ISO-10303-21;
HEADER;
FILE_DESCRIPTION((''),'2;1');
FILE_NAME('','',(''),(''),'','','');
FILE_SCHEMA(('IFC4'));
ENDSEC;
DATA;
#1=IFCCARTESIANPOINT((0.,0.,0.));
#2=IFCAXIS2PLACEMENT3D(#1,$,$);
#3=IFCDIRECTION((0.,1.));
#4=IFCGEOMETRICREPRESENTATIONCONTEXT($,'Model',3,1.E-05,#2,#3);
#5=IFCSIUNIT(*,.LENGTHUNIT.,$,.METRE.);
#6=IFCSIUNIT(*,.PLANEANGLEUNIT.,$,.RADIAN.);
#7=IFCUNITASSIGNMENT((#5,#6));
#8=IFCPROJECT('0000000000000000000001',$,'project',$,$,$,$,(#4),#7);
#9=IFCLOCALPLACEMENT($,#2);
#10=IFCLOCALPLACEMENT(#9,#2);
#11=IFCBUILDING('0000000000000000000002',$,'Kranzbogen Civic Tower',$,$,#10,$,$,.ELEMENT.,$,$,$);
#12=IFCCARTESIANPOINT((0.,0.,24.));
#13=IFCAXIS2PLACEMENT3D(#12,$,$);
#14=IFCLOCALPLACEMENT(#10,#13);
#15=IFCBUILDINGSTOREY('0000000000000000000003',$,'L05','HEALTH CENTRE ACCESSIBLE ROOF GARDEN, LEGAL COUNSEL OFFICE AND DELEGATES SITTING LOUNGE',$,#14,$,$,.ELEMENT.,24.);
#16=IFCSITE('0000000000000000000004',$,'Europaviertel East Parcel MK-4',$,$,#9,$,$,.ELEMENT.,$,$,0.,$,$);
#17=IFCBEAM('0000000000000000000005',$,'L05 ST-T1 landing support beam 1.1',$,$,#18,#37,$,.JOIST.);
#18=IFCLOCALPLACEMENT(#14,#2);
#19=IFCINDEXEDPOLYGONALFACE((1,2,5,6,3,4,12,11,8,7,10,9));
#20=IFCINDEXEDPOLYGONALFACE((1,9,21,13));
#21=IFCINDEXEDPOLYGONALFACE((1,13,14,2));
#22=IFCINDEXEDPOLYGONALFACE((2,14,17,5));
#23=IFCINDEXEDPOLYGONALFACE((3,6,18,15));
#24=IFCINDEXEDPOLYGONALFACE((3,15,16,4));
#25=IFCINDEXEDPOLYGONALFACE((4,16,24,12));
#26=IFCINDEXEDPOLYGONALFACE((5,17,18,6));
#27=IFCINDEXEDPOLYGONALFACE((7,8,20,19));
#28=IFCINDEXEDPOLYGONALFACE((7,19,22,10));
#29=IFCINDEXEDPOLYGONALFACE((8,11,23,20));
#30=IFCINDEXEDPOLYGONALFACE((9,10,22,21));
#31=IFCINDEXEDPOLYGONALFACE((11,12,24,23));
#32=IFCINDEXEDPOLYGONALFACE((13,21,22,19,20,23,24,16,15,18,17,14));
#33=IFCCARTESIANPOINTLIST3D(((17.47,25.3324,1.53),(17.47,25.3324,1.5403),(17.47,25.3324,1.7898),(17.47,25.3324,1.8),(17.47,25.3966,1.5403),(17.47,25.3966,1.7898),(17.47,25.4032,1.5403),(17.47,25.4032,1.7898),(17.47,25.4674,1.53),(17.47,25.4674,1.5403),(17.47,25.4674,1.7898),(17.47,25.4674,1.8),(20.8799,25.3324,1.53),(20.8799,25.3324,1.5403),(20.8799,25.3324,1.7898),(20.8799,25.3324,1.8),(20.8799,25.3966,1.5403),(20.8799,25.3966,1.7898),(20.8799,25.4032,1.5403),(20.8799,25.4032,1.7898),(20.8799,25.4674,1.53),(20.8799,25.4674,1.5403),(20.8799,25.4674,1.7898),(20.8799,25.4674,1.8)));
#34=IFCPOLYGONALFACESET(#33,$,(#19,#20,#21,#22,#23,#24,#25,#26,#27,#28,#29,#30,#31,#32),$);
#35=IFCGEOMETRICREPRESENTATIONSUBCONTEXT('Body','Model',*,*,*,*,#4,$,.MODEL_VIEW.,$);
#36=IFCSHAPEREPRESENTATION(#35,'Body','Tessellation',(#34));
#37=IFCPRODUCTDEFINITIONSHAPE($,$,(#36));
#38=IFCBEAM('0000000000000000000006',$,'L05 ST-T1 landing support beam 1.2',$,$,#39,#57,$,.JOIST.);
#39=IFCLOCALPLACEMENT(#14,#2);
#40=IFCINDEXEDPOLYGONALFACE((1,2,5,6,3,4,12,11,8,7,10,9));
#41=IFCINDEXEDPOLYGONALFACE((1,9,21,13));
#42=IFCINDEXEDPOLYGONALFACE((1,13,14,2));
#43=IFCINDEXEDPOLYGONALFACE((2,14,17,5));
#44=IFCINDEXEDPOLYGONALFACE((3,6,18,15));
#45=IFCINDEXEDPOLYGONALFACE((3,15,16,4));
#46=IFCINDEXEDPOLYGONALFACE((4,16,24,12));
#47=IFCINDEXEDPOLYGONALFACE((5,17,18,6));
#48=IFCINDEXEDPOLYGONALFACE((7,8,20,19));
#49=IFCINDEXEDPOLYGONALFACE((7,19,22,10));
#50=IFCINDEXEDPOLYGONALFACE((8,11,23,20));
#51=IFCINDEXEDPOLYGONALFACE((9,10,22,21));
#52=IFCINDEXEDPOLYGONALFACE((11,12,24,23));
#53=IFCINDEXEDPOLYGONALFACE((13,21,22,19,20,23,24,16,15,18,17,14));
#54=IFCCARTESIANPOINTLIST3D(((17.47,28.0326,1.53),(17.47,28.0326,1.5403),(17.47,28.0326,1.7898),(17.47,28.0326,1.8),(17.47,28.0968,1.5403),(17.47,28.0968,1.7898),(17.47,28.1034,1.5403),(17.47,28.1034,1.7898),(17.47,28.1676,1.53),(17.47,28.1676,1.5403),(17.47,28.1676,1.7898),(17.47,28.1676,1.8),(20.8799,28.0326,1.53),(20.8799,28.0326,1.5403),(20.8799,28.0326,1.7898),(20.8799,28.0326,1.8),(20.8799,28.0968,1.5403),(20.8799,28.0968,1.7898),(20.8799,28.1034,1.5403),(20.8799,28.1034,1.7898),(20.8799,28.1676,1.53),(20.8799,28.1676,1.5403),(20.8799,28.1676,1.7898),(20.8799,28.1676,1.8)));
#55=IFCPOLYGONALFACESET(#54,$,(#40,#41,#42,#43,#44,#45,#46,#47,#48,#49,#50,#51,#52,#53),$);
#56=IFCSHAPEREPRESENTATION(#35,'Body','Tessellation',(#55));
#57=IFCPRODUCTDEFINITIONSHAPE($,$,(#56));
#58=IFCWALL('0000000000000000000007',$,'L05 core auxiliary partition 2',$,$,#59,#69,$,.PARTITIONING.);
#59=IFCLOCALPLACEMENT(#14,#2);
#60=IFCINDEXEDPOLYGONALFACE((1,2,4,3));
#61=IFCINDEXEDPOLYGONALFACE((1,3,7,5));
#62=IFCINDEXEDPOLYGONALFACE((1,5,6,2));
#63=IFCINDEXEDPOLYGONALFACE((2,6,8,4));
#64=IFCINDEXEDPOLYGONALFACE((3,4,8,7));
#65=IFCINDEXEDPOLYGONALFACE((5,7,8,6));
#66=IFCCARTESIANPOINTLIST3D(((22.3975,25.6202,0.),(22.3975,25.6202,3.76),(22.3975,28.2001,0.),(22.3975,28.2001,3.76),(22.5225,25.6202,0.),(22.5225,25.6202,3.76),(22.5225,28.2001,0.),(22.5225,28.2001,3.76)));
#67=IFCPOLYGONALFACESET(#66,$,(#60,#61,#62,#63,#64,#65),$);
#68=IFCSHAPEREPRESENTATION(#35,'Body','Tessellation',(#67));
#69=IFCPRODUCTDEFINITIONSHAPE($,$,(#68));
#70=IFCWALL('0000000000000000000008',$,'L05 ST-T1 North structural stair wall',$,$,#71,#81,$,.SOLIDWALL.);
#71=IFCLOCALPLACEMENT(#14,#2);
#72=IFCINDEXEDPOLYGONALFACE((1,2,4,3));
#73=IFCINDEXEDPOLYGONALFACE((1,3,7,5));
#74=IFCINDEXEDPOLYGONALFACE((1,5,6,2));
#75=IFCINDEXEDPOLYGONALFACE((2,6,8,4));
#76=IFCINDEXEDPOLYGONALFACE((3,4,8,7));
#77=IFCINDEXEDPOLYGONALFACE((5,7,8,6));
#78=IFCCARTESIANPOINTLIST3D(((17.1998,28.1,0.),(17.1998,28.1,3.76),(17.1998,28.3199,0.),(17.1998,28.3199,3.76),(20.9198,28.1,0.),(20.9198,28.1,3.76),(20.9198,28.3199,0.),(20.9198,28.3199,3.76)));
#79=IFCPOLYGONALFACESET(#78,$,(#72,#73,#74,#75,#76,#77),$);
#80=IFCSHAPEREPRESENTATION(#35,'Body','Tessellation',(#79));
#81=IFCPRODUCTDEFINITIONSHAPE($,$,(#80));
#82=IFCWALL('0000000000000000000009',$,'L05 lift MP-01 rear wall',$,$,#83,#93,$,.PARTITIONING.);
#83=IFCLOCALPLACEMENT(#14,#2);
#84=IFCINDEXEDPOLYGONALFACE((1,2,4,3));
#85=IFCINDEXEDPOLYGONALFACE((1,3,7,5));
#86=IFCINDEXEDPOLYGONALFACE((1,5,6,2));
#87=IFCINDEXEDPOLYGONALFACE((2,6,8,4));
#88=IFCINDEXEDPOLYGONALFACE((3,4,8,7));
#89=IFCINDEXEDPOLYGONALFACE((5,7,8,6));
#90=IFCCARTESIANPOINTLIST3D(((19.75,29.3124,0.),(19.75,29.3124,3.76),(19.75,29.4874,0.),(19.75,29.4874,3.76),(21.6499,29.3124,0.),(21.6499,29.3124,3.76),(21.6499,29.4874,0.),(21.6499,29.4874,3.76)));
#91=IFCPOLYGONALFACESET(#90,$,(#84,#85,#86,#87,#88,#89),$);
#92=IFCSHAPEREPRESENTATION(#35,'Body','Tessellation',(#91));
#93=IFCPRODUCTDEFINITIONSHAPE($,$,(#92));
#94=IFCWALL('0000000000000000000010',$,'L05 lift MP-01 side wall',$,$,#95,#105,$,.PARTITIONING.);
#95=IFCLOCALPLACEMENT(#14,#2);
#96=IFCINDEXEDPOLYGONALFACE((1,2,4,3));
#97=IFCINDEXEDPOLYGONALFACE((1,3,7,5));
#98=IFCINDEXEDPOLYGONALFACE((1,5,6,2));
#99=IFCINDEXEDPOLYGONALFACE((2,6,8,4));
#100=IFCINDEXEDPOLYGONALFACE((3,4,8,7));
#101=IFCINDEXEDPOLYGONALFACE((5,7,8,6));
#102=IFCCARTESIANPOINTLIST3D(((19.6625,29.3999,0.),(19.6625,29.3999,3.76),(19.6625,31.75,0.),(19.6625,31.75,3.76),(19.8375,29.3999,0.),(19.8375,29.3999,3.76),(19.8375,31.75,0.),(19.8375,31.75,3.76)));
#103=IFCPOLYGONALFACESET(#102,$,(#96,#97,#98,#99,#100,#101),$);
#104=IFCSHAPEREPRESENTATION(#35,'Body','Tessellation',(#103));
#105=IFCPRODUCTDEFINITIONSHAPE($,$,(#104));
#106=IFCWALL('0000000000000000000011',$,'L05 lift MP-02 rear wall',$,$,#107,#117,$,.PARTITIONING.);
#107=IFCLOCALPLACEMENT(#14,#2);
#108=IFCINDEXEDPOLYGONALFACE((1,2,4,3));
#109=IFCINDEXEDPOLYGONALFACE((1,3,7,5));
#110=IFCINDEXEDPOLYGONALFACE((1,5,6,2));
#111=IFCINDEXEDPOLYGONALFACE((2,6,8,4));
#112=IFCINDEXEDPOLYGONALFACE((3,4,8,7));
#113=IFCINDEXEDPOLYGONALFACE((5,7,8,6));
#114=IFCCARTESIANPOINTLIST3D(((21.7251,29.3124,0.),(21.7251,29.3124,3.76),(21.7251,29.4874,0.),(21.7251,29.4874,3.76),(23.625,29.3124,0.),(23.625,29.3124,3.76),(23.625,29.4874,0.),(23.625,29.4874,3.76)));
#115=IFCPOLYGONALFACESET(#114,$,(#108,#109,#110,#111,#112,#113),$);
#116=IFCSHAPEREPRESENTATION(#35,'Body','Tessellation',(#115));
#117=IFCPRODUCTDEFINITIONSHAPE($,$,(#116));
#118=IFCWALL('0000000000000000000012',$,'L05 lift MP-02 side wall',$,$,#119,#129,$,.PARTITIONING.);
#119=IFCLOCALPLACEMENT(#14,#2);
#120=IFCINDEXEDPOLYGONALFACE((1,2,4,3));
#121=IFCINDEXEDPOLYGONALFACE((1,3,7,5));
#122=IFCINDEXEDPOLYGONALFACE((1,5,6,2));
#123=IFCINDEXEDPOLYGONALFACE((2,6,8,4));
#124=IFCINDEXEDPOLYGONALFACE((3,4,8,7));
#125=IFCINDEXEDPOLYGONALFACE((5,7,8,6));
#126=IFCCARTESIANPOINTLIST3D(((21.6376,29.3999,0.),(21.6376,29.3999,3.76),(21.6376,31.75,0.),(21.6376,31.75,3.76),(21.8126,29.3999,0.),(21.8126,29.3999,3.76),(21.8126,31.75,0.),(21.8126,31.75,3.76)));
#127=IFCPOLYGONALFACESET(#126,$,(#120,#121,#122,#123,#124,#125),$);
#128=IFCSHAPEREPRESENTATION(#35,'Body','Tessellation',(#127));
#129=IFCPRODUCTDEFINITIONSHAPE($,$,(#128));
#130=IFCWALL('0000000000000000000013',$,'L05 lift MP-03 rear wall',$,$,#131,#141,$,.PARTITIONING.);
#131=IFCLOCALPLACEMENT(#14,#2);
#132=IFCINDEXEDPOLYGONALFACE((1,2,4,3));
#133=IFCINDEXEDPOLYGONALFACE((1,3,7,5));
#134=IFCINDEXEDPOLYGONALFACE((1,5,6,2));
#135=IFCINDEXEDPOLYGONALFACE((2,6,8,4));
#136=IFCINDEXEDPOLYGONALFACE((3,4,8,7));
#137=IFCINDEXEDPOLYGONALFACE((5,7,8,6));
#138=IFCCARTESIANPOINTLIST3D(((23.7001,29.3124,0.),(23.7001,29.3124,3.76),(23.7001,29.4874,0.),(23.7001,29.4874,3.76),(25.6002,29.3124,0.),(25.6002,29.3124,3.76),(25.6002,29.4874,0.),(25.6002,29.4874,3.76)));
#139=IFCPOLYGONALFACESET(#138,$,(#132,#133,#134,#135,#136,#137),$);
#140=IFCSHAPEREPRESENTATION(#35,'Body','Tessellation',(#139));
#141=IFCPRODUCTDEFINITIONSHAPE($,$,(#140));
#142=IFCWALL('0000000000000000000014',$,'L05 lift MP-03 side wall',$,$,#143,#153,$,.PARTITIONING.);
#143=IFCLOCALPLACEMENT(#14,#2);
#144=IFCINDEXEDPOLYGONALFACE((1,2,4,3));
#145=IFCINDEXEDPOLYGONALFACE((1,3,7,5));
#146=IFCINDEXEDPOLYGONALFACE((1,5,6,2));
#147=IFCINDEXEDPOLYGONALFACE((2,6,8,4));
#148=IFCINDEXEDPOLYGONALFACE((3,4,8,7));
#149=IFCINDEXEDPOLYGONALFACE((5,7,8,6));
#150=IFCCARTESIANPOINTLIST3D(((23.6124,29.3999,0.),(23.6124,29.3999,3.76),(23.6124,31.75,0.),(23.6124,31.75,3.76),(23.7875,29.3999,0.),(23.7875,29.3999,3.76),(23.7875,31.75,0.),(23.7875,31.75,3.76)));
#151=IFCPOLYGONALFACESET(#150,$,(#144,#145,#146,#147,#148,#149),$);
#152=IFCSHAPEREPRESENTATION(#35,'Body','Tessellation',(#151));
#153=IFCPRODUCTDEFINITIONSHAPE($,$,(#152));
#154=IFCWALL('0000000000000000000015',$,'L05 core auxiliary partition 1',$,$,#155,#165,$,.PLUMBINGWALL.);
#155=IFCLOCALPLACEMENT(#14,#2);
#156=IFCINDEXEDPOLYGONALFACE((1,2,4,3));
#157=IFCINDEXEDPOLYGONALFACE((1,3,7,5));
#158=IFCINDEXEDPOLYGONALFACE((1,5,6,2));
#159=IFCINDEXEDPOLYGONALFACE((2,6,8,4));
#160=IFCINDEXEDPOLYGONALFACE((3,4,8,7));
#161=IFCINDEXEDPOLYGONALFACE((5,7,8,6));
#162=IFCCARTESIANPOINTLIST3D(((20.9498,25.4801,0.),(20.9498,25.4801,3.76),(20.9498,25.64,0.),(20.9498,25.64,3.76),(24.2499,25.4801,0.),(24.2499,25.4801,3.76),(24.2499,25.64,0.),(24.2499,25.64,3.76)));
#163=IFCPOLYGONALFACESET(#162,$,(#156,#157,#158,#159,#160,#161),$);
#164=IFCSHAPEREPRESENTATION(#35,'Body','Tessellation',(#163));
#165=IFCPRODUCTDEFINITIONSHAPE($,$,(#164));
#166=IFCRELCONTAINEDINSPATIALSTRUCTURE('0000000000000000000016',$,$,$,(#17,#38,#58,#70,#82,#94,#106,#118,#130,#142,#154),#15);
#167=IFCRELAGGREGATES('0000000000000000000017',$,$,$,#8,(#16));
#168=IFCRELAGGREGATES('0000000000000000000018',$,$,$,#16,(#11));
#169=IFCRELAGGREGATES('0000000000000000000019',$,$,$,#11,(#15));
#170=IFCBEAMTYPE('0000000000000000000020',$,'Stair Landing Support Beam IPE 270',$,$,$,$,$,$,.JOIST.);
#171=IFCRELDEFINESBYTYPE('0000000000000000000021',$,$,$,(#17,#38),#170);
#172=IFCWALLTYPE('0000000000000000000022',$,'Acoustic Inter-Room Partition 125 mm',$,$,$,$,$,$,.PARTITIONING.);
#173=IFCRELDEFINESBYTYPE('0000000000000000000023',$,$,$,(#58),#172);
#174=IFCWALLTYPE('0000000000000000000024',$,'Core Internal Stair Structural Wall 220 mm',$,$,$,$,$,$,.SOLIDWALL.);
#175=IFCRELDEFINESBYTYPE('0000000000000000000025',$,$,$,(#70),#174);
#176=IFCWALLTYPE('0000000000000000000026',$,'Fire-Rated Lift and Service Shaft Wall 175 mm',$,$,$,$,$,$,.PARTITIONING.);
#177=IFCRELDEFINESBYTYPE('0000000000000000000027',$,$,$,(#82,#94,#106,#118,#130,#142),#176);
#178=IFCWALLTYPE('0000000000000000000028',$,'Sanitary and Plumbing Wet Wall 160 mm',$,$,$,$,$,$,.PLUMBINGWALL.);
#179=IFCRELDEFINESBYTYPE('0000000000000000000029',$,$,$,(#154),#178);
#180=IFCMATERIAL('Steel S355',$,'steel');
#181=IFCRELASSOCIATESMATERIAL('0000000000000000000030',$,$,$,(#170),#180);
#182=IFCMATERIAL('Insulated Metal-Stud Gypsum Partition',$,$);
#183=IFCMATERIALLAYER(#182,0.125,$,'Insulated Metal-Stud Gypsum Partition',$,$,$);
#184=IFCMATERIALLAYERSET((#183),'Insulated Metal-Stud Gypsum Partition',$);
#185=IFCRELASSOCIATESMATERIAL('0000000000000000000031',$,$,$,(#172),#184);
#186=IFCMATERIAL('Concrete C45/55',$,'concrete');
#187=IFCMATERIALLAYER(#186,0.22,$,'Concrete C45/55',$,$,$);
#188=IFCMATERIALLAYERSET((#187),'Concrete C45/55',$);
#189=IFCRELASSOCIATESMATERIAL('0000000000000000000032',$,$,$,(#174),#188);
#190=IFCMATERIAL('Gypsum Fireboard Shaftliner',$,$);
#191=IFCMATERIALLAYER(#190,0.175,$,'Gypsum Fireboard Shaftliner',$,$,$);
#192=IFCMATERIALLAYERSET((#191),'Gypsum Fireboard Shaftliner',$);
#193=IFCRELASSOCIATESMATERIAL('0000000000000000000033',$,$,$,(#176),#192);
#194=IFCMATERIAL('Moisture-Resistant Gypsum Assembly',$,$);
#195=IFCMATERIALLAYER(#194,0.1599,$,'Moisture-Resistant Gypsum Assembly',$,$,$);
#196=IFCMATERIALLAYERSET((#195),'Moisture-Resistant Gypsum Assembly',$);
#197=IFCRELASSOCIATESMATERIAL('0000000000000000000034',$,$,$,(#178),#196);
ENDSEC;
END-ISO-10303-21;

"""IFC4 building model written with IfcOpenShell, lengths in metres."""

from ifc_helpers import new_model, si_unit, direction, frame, frame_2d, origin, origin_2d, place, context, subcontext, project, spatial, rectangle, i_section, extrude, material, layer, layer_set, material_profile, profile_set, type_object, element, save


model = new_model("IFC4")

# Units and contexts
model_context = context("Model", 3, precision=1e-05, world=origin(), true_north=direction((0.0, 1.0)))
body_context = subcontext(model_context, "Body", "Model", "MODEL_VIEW")
ifc_project = project(units=[si_unit("LENGTHUNIT", "METRE"), si_unit("PLANEANGLEUNIT", "RADIAN")], contexts=[model_context])

# Site, building, storey
site_placement = place(None, origin())
site = spatial("IfcSite", under=ifc_project, at=site_placement, Name="Europaviertel East Parcel MK-4", CompositionType="ELEMENT", RefElevation=0.0)
building_placement = place(site_placement, origin())
building = spatial("IfcBuilding", under=site, at=building_placement, Name="Kranzbogen Civic Tower", CompositionType="ELEMENT")
storey_placement = place(building_placement, frame((0.0, 0.0, 24.0)))
storey = spatial("IfcBuildingStorey", under=building, at=storey_placement, Name="L05", Description="HEALTH CENTRE ACCESSIBLE ROOF GARDEN, LEGAL COUNSEL OFFICE AND DELEGATES SITTING LOUNGE", CompositionType="ELEMENT", Elevation=24.0)

# Beams
ifc_material_1 = material(Name="Steel S355", Category="steel")
ifc_material_profile = material_profile(ifc_material_1, i_section(OverallWidth=0.135, OverallDepth=0.27, WebThickness=0.0066, FlangeThickness=0.0103, at=origin_2d()), Name="IPE 270")
ifc_profile_set = profile_set([ifc_material_profile], Name="Steel S355")
beam_type = type_object("IfcBeamType", Name="Stair Landing Support Beam IPE 270", PredefinedType="JOIST", material=ifc_profile_set)
for number, where, z_axis, x_axis, name in (
    (1, (20.8799, 25.3999, 1.665), (-1.0, 0.0, 0.0), (0.0, -1.0, 0.0), "L05 ST-T1 landing support beam 1.1"),
    (2, (20.8799, 28.1001, 1.665), (-1.0, 0.0, 0.0), (0.0, -1.0, 0.0), "L05 ST-T1 landing support beam 1.2"),
):
    element("IfcBeam", number, at=place(storey_placement, frame(where, z_axis=z_axis, x_axis=x_axis)), inside=storey, type_object=beam_type, Name=name, PredefinedType="JOIST", context=body_context, shape_type="SweptSolid", body=[
        extrude(i_section(OverallWidth=0.135, OverallDepth=0.27, WebThickness=0.0066, FlangeThickness=0.0103, at=origin_2d()), origin(), (0.0, 0.0, 1.0), 3.4099),
    ])

# Shared definitions
ifc_material_2 = material(Name="Insulated Metal-Stud Gypsum Partition")
ifc_layer_1 = layer(ifc_material_2, 0.125, Name="Insulated Metal-Stud Gypsum Partition")
ifc_layer_set_1 = layer_set([ifc_layer_1], Name="Insulated Metal-Stud Gypsum Partition")
wall_type_1 = type_object("IfcWallType", Name="Acoustic Inter-Room Partition 125 mm", PredefinedType="PARTITIONING", material=ifc_layer_set_1)

# Walls
wall_1_placement = place(storey_placement, frame((22.46, 25.6201, 0.0), z_axis=(0.0, 0.0, 1.0), x_axis=(0.0, 1.0, 0.0)))
element("IfcWall", 3, at=wall_1_placement, inside=storey, type_object=wall_type_1, Name="L05 core auxiliary partition 2", PredefinedType="PARTITIONING", context=body_context, shape_type="SweptSolid", body=[
    extrude(rectangle(XDim=2.5798, YDim=0.125, at=frame_2d((1.29, 0.0))), origin(), (0.0, 0.0, 1.0), 3.76),
])
ifc_material_3 = material(Name="Concrete C45/55", Category="concrete")
ifc_layer_2 = layer(ifc_material_3, 0.22, Name="Concrete C45/55")
ifc_layer_set_2 = layer_set([ifc_layer_2], Name="Concrete C45/55")
wall_type_2 = type_object("IfcWallType", Name="Core Internal Stair Structural Wall 220 mm", PredefinedType="SOLIDWALL", material=ifc_layer_set_2)
wall_2_placement = place(storey_placement, frame((17.2, 28.21, 0.0), z_axis=(0.0, 0.0, 1.0), x_axis=(1.0, 0.0, 0.0)))
element("IfcWall", 4, at=wall_2_placement, inside=storey, type_object=wall_type_2, Name="L05 ST-T1 North structural stair wall", PredefinedType="SOLIDWALL", context=body_context, shape_type="SweptSolid", body=[
    extrude(rectangle(XDim=3.72, YDim=0.22, at=frame_2d((1.8599, 0.0))), origin(), (0.0, 0.0, 1.0), 3.76),
])
ifc_material_4 = material(Name="Gypsum Fireboard Shaftliner")
ifc_layer_3 = layer(ifc_material_4, 0.175, Name="Gypsum Fireboard Shaftliner")
ifc_layer_set_3 = layer_set([ifc_layer_3], Name="Gypsum Fireboard Shaftliner")
wall_type_3 = type_object("IfcWallType", Name="Fire-Rated Lift and Service Shaft Wall 175 mm", PredefinedType="PARTITIONING", material=ifc_layer_set_3)
wall_3_placement = place(storey_placement, frame((19.75, 29.3999, 0.0), z_axis=(0.0, 0.0, 1.0), x_axis=(1.0, 0.0, 0.0)))
element("IfcWall", 5, at=wall_3_placement, inside=storey, type_object=wall_type_3, Name="L05 lift MP-01 rear wall", PredefinedType="PARTITIONING", context=body_context, shape_type="SweptSolid", body=[
    extrude(rectangle(XDim=1.8999, YDim=0.175, at=frame_2d((0.95, 0.0))), origin(), (0.0, 0.0, 1.0), 3.76),
])
wall_4_placement = place(storey_placement, frame((19.75, 29.3999, 0.0), z_axis=(0.0, 0.0, 1.0), x_axis=(0.0, 1.0, 0.0)))
element("IfcWall", 6, at=wall_4_placement, inside=storey, type_object=wall_type_3, Name="L05 lift MP-01 side wall", PredefinedType="PARTITIONING", context=body_context, shape_type="SweptSolid", body=[
    extrude(rectangle(XDim=2.3501, YDim=0.175, at=frame_2d((1.175, 0.0))), origin(), (0.0, 0.0, 1.0), 3.76),
])
wall_5_placement = place(storey_placement, frame((21.7251, 29.3999, 0.0), z_axis=(0.0, 0.0, 1.0), x_axis=(1.0, 0.0, 0.0)))
element("IfcWall", 7, at=wall_5_placement, inside=storey, type_object=wall_type_3, Name="L05 lift MP-02 rear wall", PredefinedType="PARTITIONING", context=body_context, shape_type="SweptSolid", body=[
    extrude(rectangle(XDim=1.8999, YDim=0.175, at=frame_2d((0.95, 0.0))), origin(), (0.0, 0.0, 1.0), 3.76),
])
wall_6_placement = place(storey_placement, frame((21.7251, 29.3999, 0.0), z_axis=(0.0, 0.0, 1.0), x_axis=(0.0, 1.0, 0.0)))
element("IfcWall", 8, at=wall_6_placement, inside=storey, type_object=wall_type_3, Name="L05 lift MP-02 side wall", PredefinedType="PARTITIONING", context=body_context, shape_type="SweptSolid", body=[
    extrude(rectangle(XDim=2.3501, YDim=0.175, at=frame_2d((1.175, 0.0))), origin(), (0.0, 0.0, 1.0), 3.76),
])
wall_7_placement = place(storey_placement, frame((23.7, 29.3999, 0.0), z_axis=(0.0, 0.0, 1.0), x_axis=(1.0, 0.0, 0.0)))
element("IfcWall", 9, at=wall_7_placement, inside=storey, type_object=wall_type_3, Name="L05 lift MP-03 rear wall", PredefinedType="PARTITIONING", context=body_context, shape_type="SweptSolid", body=[
    extrude(rectangle(XDim=1.9001, YDim=0.175, at=frame_2d((0.9502, 0.0))), origin(), (0.0, 0.0, 1.0), 3.76),
])
wall_8_placement = place(storey_placement, frame((23.7, 29.3999, 0.0), z_axis=(0.0, 0.0, 1.0), x_axis=(0.0, 1.0, 0.0)))
element("IfcWall", 10, at=wall_8_placement, inside=storey, type_object=wall_type_3, Name="L05 lift MP-03 side wall", PredefinedType="PARTITIONING", context=body_context, shape_type="SweptSolid", body=[
    extrude(rectangle(XDim=2.3501, YDim=0.175, at=frame_2d((1.175, 0.0))), origin(), (0.0, 0.0, 1.0), 3.76),
])
ifc_material_5 = material(Name="Moisture-Resistant Gypsum Assembly")
ifc_layer_4 = layer(ifc_material_5, 0.1599, Name="Moisture-Resistant Gypsum Assembly")
ifc_layer_set_4 = layer_set([ifc_layer_4], Name="Moisture-Resistant Gypsum Assembly")
wall_type_4 = type_object("IfcWallType", Name="Sanitary and Plumbing Wet Wall 160 mm", PredefinedType="PLUMBINGWALL", material=ifc_layer_set_4)
wall_9_placement = place(storey_placement, frame((20.95, 25.5601, 0.0), z_axis=(0.0, 0.0, 1.0), x_axis=(1.0, 0.0, 0.0)))
element("IfcWall", 11, at=wall_9_placement, inside=storey, type_object=wall_type_4, Name="L05 core auxiliary partition 1", PredefinedType="PLUMBINGWALL", context=body_context, shape_type="SweptSolid", body=[
    extrude(rectangle(XDim=3.3, YDim=0.1599, at=frame_2d((1.6499, 0.0))), origin(), (0.0, 0.0, 1.0), 3.76),
])

save(model, "model.ifc")
